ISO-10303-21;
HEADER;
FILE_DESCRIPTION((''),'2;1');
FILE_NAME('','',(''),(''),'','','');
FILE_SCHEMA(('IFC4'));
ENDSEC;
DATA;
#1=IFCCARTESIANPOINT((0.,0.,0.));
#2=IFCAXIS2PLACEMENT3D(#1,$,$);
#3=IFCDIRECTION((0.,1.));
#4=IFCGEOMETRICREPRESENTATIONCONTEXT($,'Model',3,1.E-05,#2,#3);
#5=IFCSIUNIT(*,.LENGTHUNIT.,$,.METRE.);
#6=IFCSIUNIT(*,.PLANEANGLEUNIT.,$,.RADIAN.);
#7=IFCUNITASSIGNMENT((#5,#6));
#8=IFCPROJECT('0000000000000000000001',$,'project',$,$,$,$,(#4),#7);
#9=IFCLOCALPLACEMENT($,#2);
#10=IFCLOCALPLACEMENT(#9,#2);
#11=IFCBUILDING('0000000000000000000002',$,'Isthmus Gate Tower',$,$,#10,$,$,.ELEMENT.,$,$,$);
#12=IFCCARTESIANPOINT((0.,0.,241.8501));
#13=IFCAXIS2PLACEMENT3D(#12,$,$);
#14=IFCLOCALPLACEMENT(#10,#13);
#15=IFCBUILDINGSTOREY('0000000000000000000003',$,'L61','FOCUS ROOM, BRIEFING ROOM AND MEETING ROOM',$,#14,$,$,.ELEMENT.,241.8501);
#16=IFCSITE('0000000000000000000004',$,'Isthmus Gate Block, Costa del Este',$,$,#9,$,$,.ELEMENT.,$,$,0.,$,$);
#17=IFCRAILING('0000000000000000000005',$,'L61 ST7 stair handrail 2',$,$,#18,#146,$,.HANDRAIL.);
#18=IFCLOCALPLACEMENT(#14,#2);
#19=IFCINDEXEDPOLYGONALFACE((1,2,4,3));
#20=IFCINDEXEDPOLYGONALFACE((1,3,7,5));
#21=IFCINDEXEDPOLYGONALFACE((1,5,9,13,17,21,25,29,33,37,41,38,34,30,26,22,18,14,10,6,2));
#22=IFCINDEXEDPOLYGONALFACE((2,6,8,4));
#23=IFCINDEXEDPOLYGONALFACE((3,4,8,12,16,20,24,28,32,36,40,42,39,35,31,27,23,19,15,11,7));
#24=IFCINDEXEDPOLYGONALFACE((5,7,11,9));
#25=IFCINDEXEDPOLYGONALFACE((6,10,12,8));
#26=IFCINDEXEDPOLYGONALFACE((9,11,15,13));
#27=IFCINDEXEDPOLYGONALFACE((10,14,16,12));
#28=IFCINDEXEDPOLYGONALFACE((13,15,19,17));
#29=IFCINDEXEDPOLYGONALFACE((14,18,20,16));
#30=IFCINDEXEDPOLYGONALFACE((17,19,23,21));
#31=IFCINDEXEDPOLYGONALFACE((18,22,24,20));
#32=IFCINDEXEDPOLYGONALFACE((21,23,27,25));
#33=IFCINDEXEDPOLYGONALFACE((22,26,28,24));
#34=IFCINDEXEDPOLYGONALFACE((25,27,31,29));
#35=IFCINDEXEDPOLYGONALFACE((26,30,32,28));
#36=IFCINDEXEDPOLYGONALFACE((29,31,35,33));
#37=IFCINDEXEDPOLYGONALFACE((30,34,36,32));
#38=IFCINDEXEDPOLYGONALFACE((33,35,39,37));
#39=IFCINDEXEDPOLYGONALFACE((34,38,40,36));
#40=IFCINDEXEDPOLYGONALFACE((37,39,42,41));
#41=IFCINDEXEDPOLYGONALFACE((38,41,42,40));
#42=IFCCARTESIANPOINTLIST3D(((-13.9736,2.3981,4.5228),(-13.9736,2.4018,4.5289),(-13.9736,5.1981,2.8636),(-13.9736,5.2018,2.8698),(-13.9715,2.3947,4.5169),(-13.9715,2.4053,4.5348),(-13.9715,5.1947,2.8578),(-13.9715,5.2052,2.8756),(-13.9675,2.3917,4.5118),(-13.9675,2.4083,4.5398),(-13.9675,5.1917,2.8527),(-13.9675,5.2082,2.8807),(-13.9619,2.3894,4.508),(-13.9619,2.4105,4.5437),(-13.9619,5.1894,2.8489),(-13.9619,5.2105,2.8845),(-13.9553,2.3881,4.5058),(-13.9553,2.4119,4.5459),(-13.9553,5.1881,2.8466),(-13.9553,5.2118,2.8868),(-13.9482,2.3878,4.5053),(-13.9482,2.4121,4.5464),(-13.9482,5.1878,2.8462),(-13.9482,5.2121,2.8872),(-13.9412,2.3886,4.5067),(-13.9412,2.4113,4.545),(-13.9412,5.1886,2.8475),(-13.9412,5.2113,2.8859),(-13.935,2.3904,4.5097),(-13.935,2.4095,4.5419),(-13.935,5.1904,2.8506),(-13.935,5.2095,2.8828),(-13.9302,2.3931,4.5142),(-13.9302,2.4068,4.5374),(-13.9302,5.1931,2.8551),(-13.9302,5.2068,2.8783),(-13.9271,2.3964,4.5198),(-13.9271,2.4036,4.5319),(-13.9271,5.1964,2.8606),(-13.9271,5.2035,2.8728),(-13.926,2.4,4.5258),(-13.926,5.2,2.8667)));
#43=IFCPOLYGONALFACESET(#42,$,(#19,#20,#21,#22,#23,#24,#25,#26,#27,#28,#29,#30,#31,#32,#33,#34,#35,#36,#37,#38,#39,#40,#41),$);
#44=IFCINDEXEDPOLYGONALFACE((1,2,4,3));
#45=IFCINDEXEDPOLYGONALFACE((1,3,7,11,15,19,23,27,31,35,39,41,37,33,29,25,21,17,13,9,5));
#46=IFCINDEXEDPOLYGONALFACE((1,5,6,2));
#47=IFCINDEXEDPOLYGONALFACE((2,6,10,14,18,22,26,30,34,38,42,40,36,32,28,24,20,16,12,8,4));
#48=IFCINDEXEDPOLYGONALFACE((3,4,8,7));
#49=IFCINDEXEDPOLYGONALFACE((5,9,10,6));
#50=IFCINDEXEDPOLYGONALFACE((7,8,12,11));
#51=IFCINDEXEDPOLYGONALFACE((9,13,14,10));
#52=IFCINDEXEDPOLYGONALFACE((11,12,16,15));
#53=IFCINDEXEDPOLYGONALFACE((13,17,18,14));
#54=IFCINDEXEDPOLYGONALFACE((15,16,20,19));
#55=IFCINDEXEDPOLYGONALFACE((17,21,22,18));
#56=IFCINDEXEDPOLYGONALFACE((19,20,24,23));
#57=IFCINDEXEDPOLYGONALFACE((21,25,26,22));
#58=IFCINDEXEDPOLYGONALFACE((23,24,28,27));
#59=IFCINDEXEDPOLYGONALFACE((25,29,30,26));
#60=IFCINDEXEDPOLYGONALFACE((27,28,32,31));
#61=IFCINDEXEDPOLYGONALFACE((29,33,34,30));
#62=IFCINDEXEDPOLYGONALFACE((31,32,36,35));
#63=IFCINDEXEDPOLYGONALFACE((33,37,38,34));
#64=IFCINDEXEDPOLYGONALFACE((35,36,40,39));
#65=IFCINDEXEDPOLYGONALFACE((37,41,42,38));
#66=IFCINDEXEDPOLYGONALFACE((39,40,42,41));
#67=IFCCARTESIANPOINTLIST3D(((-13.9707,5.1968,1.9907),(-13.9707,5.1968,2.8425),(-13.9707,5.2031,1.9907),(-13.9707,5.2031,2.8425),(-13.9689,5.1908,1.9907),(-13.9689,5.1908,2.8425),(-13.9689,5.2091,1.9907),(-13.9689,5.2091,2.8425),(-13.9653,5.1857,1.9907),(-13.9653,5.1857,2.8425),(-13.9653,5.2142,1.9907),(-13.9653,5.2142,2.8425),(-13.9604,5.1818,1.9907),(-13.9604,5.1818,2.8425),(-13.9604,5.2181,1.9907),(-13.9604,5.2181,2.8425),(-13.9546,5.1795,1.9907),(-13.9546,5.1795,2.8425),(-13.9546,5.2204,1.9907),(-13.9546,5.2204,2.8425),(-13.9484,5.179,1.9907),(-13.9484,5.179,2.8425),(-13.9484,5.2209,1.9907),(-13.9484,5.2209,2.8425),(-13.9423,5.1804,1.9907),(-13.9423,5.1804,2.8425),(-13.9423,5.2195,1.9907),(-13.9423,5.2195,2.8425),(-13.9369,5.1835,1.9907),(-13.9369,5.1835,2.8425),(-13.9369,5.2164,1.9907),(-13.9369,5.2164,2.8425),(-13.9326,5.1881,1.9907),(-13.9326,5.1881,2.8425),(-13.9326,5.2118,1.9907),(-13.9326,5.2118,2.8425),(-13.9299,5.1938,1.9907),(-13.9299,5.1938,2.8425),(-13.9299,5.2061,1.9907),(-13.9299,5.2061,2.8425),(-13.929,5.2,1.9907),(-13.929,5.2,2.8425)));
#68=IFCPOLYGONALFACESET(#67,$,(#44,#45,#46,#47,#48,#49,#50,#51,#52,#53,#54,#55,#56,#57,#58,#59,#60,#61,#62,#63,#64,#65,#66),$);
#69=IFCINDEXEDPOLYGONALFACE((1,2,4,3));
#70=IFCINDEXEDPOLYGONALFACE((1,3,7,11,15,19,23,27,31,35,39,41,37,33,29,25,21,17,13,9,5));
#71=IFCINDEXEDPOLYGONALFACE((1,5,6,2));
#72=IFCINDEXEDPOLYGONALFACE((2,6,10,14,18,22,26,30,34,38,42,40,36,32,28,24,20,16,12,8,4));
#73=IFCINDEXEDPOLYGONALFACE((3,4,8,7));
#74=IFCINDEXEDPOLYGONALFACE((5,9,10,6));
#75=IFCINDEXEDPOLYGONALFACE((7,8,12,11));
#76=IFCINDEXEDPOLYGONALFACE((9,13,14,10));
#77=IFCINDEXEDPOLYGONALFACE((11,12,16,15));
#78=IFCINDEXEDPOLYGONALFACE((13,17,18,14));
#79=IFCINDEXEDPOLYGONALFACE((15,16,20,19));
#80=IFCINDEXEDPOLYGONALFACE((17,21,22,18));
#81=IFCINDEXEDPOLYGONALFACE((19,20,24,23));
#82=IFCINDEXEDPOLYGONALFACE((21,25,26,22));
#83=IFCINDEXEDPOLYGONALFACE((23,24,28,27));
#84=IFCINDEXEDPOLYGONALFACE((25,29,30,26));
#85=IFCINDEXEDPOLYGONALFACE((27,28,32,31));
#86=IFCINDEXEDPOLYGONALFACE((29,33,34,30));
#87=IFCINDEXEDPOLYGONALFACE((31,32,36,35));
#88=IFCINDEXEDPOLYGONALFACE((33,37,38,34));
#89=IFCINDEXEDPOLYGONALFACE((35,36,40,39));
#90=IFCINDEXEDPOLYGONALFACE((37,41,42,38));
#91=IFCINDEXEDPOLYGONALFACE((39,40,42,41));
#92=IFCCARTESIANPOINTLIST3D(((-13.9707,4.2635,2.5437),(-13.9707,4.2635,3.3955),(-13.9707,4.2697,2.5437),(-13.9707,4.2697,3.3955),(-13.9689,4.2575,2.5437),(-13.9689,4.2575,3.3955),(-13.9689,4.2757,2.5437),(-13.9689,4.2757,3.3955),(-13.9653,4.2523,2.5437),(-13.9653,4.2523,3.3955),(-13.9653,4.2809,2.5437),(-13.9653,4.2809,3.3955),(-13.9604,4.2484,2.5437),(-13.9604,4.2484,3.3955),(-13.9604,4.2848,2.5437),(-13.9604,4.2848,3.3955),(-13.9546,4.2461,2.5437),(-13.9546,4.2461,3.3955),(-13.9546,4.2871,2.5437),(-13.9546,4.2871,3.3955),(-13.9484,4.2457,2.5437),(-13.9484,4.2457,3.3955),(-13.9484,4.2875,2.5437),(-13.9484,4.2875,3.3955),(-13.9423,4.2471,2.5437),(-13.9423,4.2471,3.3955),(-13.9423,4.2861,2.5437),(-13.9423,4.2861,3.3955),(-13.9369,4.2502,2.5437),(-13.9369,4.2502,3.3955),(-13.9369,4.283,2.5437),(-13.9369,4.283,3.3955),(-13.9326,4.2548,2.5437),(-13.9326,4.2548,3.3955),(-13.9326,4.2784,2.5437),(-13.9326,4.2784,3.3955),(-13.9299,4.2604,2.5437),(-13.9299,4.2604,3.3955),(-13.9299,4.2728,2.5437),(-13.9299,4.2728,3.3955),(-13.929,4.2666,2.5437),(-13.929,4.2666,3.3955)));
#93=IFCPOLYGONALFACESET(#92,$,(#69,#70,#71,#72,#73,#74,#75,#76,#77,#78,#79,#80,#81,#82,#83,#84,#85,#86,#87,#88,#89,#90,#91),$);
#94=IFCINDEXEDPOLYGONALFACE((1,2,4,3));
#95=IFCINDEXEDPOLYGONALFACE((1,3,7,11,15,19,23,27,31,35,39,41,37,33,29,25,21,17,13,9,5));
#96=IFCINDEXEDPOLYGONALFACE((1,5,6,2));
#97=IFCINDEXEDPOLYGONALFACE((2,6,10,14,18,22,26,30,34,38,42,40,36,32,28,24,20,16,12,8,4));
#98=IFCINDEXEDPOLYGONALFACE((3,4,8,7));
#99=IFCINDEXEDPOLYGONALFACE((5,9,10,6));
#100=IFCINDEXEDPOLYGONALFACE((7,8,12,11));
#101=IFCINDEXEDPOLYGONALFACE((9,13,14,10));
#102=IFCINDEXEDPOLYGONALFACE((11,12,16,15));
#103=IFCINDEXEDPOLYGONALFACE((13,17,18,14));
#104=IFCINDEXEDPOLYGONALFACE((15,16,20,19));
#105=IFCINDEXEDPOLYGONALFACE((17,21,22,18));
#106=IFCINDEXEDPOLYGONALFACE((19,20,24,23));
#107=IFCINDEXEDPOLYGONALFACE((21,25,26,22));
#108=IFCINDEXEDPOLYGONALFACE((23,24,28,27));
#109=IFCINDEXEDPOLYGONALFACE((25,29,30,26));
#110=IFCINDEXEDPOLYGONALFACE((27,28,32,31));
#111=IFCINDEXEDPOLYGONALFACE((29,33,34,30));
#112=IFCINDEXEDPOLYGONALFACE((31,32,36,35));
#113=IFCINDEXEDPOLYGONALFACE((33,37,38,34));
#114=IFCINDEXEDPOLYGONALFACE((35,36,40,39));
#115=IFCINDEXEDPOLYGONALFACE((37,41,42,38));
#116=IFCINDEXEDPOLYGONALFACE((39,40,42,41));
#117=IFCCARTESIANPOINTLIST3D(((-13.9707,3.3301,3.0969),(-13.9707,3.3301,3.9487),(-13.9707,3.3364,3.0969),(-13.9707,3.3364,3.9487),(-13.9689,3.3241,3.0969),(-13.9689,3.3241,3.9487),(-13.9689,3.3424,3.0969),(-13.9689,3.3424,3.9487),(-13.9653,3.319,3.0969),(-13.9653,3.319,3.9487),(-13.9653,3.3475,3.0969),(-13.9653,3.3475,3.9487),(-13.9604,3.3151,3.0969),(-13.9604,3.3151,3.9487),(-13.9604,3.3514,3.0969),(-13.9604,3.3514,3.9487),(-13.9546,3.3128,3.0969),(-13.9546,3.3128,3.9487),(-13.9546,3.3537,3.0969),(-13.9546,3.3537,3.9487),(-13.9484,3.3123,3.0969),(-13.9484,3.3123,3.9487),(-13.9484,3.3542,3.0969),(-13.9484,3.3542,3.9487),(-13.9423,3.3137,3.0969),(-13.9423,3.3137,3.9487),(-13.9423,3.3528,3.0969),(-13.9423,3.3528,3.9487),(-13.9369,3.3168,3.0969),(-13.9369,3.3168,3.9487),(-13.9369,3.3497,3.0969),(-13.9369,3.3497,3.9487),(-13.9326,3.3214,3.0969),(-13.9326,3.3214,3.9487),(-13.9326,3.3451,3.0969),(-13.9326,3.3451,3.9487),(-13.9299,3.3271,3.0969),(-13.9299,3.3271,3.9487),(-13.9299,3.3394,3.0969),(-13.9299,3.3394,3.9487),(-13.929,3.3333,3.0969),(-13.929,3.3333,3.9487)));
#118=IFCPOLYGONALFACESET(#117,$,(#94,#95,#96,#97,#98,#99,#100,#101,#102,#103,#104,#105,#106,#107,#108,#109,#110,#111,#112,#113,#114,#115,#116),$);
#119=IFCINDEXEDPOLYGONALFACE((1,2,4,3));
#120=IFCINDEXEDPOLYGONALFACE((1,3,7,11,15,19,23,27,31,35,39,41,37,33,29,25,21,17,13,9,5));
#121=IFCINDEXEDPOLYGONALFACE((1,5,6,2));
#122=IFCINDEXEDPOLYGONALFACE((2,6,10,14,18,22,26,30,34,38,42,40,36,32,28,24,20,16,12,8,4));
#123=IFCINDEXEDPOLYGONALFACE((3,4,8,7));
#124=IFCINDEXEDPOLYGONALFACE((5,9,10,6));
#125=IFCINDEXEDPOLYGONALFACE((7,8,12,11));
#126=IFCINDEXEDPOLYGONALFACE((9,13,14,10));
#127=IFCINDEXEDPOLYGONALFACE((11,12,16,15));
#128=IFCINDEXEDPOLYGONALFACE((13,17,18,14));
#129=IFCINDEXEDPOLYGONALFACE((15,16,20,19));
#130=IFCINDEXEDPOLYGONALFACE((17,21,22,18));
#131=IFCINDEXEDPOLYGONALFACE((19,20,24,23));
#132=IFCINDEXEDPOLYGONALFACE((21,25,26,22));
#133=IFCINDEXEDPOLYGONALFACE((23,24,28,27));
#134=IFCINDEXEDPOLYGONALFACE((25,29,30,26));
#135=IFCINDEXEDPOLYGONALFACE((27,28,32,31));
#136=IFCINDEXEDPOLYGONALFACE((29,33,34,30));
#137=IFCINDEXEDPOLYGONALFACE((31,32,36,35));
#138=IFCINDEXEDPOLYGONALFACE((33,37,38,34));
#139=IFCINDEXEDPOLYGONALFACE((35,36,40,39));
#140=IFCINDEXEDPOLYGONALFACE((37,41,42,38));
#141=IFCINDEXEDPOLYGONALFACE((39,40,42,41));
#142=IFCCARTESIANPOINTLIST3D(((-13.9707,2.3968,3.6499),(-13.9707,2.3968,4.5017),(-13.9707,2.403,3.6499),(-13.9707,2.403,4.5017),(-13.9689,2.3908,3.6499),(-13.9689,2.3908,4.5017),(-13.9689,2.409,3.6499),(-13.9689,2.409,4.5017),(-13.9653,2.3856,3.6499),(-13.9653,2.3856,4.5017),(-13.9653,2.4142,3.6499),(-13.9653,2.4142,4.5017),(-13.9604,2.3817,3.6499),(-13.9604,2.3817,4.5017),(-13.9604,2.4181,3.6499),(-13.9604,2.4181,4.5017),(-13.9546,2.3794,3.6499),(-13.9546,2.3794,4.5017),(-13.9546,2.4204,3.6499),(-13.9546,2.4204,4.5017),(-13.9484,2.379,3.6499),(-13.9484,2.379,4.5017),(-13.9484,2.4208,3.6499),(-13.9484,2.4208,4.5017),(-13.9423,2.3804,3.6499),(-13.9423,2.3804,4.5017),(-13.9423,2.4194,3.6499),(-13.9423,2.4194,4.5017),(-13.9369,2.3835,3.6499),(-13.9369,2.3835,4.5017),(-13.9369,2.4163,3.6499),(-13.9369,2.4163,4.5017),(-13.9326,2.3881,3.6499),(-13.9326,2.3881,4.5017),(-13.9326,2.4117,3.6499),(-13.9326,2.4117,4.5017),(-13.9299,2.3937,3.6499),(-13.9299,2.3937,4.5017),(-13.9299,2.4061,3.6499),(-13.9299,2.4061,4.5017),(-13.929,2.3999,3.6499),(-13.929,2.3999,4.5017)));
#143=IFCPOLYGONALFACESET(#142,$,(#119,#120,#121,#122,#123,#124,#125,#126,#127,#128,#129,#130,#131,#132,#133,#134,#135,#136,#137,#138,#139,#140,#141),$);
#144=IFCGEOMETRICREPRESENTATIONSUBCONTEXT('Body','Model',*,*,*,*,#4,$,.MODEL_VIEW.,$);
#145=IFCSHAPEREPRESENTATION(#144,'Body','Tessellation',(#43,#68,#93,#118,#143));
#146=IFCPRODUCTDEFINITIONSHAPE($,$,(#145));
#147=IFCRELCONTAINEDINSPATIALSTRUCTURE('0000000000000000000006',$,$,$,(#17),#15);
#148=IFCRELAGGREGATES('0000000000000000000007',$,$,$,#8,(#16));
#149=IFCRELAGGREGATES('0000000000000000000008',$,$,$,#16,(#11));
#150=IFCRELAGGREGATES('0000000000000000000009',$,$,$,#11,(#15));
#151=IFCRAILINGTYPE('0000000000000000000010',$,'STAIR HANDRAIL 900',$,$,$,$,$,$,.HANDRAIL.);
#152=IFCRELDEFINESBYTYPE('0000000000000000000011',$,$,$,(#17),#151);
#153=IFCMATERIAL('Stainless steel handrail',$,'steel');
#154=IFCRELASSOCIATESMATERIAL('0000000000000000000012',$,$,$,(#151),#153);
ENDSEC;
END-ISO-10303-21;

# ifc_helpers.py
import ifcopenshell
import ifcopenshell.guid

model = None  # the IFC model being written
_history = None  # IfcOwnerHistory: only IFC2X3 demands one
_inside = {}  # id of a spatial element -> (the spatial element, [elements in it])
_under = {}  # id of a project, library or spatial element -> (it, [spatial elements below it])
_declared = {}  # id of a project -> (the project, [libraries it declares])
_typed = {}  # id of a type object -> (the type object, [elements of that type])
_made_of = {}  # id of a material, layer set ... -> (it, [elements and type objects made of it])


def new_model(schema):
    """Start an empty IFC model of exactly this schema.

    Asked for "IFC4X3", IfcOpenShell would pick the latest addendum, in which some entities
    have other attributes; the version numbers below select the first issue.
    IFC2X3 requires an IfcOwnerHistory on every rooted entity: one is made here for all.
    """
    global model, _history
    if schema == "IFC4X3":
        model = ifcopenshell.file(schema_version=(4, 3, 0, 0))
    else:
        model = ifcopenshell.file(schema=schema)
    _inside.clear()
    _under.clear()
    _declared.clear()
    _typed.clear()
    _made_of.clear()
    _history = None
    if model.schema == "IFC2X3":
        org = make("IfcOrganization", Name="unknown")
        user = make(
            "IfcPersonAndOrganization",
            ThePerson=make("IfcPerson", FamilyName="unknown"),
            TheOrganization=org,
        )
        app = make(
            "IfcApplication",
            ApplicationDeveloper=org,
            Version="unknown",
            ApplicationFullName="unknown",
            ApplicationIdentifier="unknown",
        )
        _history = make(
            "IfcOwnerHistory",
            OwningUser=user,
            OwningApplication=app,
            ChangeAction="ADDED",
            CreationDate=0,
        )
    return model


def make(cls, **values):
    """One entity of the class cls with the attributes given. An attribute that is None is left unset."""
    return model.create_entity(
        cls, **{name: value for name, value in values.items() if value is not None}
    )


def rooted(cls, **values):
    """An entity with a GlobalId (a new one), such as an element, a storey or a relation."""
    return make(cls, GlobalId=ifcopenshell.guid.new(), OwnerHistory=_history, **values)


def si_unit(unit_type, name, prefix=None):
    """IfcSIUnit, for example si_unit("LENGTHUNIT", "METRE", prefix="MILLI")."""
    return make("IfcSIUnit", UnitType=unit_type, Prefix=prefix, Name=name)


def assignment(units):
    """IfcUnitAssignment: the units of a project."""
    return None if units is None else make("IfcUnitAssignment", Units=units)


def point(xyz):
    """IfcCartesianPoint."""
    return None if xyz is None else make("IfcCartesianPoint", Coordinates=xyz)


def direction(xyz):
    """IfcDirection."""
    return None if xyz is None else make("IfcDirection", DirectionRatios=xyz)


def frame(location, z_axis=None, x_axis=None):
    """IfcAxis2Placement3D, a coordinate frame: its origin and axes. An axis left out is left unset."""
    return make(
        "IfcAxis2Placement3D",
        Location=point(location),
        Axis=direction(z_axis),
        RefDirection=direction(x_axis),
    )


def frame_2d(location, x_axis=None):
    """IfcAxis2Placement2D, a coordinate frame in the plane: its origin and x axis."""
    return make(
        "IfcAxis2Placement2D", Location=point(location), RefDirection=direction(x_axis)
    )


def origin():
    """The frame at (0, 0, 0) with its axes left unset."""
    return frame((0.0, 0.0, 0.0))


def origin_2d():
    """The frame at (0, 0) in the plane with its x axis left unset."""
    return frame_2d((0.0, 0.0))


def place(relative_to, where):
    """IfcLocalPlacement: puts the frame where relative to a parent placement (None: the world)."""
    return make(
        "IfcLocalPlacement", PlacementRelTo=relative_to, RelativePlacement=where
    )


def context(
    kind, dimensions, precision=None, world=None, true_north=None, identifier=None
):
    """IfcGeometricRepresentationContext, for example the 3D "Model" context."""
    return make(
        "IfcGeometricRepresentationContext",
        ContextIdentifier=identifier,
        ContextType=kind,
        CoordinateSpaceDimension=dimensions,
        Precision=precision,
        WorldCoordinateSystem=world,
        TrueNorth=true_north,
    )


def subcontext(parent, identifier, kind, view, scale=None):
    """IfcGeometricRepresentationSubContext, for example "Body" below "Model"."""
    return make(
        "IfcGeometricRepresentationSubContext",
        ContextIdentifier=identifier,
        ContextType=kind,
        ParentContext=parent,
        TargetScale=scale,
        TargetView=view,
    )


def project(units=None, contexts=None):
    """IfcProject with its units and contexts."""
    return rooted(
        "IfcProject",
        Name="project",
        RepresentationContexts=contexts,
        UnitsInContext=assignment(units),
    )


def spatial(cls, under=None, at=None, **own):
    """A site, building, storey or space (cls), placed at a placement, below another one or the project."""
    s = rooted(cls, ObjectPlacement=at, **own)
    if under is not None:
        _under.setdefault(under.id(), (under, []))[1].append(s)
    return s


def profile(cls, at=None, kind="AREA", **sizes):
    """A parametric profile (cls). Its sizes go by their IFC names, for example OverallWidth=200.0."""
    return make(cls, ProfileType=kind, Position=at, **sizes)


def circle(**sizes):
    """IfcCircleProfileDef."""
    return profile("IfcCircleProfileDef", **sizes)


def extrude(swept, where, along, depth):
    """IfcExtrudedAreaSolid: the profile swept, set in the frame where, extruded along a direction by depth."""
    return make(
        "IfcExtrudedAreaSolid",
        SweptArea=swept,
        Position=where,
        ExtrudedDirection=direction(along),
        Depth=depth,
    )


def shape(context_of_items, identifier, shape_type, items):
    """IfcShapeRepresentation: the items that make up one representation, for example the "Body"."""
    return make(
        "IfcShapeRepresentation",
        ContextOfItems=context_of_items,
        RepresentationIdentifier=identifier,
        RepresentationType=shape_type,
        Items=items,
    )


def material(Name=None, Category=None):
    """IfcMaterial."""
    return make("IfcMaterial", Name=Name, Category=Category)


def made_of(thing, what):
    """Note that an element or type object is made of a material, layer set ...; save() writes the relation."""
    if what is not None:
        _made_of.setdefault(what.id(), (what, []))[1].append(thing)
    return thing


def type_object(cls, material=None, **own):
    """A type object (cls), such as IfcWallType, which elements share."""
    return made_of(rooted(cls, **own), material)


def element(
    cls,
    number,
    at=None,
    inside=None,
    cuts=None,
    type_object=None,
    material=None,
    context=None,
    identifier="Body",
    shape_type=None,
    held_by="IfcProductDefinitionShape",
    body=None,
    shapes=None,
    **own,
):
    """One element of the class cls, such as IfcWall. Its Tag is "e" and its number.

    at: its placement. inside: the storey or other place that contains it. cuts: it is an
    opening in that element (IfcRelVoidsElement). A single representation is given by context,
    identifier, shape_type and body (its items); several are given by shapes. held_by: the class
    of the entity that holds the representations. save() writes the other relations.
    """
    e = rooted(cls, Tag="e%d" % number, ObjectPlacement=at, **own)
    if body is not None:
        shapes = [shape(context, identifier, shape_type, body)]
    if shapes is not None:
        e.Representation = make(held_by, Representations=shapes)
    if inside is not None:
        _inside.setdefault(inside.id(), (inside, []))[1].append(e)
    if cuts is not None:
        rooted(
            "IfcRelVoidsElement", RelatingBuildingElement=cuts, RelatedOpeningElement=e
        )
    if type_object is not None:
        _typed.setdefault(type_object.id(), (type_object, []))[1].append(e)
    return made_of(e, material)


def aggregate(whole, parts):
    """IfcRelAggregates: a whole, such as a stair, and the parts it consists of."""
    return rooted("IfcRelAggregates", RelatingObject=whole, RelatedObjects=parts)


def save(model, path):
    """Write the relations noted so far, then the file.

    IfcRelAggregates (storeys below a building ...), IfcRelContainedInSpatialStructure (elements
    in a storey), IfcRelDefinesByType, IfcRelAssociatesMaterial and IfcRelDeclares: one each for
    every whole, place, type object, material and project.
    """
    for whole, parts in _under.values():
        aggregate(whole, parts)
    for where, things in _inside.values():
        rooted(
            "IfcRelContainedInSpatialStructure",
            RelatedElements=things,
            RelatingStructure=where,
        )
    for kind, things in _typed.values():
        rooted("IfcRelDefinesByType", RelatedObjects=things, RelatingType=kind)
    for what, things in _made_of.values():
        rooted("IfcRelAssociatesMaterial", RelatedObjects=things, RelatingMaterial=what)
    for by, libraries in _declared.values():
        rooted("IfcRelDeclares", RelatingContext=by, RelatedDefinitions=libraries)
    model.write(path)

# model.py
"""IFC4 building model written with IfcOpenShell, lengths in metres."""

from ifc_helpers import new_model, si_unit, direction, frame, origin, origin_2d, place, context, subcontext, project, spatial, circle, extrude, material, type_object, element, save


model = new_model("IFC4")

# Units and contexts
model_context = context("Model", 3, precision=1e-05, world=origin(), true_north=direction((0.0, 1.0)))
body_context = subcontext(model_context, "Body", "Model", "MODEL_VIEW")
ifc_project = project(units=[si_unit("LENGTHUNIT", "METRE"), si_unit("PLANEANGLEUNIT", "RADIAN")], contexts=[model_context])

# Site, building, storey
site_placement = place(None, origin())
site = spatial("IfcSite", under=ifc_project, at=site_placement, Name="Isthmus Gate Block, Costa del Este", CompositionType="ELEMENT", RefElevation=0.0)
building_placement = place(site_placement, origin())
building = spatial("IfcBuilding", under=site, at=building_placement, Name="Isthmus Gate Tower", CompositionType="ELEMENT")
storey_placement = place(building_placement, frame((0.0, 0.0, 241.8501)))
storey = spatial("IfcBuildingStorey", under=building, at=storey_placement, Name="L61", Description="FOCUS ROOM, BRIEFING ROOM AND MEETING ROOM", CompositionType="ELEMENT", Elevation=241.8501)

# Railing
ifc_material_1 = material(Name="Stainless steel handrail", Category="steel")
railing_type = type_object("IfcRailingType", Name="STAIR HANDRAIL 900", PredefinedType="HANDRAIL", material=ifc_material_1)
for number, where, name in (
    (1, (-13.95, 5.2, 1.9907), "L61 ST7 stair handrail 2"),
):
    element("IfcRailing", number, at=place(storey_placement, frame(where)), inside=storey, type_object=railing_type, Name=name, PredefinedType="HANDRAIL", context=body_context, shape_type="SweptSolid", body=[
        extrude(circle(Radius=0.0239, at=origin_2d()), frame((0.0, 0.0, 0.876), z_axis=(0.0, -0.860306, 0.509778), x_axis=(1.0, 0.0, 0.0)), (0.0, 0.0, 1.0), 3.2546),
        extrude(circle(Radius=0.021, at=origin_2d()), origin(), (0.0, 0.0, 1.0), 0.8518),
        extrude(circle(Radius=0.021, at=origin_2d()), frame((0.0, -0.9333, 0.553)), (0.0, 0.0, 1.0), 0.8518),
        extrude(circle(Radius=0.021, at=origin_2d()), frame((0.0, -1.8667, 1.1062)), (0.0, 0.0, 1.0), 0.8518),
        extrude(circle(Radius=0.021, at=origin_2d()), frame((0.0, -2.8, 1.6592)), (0.0, 0.0, 1.0), 0.8518),
    ])

save(model, "model.ifc")
